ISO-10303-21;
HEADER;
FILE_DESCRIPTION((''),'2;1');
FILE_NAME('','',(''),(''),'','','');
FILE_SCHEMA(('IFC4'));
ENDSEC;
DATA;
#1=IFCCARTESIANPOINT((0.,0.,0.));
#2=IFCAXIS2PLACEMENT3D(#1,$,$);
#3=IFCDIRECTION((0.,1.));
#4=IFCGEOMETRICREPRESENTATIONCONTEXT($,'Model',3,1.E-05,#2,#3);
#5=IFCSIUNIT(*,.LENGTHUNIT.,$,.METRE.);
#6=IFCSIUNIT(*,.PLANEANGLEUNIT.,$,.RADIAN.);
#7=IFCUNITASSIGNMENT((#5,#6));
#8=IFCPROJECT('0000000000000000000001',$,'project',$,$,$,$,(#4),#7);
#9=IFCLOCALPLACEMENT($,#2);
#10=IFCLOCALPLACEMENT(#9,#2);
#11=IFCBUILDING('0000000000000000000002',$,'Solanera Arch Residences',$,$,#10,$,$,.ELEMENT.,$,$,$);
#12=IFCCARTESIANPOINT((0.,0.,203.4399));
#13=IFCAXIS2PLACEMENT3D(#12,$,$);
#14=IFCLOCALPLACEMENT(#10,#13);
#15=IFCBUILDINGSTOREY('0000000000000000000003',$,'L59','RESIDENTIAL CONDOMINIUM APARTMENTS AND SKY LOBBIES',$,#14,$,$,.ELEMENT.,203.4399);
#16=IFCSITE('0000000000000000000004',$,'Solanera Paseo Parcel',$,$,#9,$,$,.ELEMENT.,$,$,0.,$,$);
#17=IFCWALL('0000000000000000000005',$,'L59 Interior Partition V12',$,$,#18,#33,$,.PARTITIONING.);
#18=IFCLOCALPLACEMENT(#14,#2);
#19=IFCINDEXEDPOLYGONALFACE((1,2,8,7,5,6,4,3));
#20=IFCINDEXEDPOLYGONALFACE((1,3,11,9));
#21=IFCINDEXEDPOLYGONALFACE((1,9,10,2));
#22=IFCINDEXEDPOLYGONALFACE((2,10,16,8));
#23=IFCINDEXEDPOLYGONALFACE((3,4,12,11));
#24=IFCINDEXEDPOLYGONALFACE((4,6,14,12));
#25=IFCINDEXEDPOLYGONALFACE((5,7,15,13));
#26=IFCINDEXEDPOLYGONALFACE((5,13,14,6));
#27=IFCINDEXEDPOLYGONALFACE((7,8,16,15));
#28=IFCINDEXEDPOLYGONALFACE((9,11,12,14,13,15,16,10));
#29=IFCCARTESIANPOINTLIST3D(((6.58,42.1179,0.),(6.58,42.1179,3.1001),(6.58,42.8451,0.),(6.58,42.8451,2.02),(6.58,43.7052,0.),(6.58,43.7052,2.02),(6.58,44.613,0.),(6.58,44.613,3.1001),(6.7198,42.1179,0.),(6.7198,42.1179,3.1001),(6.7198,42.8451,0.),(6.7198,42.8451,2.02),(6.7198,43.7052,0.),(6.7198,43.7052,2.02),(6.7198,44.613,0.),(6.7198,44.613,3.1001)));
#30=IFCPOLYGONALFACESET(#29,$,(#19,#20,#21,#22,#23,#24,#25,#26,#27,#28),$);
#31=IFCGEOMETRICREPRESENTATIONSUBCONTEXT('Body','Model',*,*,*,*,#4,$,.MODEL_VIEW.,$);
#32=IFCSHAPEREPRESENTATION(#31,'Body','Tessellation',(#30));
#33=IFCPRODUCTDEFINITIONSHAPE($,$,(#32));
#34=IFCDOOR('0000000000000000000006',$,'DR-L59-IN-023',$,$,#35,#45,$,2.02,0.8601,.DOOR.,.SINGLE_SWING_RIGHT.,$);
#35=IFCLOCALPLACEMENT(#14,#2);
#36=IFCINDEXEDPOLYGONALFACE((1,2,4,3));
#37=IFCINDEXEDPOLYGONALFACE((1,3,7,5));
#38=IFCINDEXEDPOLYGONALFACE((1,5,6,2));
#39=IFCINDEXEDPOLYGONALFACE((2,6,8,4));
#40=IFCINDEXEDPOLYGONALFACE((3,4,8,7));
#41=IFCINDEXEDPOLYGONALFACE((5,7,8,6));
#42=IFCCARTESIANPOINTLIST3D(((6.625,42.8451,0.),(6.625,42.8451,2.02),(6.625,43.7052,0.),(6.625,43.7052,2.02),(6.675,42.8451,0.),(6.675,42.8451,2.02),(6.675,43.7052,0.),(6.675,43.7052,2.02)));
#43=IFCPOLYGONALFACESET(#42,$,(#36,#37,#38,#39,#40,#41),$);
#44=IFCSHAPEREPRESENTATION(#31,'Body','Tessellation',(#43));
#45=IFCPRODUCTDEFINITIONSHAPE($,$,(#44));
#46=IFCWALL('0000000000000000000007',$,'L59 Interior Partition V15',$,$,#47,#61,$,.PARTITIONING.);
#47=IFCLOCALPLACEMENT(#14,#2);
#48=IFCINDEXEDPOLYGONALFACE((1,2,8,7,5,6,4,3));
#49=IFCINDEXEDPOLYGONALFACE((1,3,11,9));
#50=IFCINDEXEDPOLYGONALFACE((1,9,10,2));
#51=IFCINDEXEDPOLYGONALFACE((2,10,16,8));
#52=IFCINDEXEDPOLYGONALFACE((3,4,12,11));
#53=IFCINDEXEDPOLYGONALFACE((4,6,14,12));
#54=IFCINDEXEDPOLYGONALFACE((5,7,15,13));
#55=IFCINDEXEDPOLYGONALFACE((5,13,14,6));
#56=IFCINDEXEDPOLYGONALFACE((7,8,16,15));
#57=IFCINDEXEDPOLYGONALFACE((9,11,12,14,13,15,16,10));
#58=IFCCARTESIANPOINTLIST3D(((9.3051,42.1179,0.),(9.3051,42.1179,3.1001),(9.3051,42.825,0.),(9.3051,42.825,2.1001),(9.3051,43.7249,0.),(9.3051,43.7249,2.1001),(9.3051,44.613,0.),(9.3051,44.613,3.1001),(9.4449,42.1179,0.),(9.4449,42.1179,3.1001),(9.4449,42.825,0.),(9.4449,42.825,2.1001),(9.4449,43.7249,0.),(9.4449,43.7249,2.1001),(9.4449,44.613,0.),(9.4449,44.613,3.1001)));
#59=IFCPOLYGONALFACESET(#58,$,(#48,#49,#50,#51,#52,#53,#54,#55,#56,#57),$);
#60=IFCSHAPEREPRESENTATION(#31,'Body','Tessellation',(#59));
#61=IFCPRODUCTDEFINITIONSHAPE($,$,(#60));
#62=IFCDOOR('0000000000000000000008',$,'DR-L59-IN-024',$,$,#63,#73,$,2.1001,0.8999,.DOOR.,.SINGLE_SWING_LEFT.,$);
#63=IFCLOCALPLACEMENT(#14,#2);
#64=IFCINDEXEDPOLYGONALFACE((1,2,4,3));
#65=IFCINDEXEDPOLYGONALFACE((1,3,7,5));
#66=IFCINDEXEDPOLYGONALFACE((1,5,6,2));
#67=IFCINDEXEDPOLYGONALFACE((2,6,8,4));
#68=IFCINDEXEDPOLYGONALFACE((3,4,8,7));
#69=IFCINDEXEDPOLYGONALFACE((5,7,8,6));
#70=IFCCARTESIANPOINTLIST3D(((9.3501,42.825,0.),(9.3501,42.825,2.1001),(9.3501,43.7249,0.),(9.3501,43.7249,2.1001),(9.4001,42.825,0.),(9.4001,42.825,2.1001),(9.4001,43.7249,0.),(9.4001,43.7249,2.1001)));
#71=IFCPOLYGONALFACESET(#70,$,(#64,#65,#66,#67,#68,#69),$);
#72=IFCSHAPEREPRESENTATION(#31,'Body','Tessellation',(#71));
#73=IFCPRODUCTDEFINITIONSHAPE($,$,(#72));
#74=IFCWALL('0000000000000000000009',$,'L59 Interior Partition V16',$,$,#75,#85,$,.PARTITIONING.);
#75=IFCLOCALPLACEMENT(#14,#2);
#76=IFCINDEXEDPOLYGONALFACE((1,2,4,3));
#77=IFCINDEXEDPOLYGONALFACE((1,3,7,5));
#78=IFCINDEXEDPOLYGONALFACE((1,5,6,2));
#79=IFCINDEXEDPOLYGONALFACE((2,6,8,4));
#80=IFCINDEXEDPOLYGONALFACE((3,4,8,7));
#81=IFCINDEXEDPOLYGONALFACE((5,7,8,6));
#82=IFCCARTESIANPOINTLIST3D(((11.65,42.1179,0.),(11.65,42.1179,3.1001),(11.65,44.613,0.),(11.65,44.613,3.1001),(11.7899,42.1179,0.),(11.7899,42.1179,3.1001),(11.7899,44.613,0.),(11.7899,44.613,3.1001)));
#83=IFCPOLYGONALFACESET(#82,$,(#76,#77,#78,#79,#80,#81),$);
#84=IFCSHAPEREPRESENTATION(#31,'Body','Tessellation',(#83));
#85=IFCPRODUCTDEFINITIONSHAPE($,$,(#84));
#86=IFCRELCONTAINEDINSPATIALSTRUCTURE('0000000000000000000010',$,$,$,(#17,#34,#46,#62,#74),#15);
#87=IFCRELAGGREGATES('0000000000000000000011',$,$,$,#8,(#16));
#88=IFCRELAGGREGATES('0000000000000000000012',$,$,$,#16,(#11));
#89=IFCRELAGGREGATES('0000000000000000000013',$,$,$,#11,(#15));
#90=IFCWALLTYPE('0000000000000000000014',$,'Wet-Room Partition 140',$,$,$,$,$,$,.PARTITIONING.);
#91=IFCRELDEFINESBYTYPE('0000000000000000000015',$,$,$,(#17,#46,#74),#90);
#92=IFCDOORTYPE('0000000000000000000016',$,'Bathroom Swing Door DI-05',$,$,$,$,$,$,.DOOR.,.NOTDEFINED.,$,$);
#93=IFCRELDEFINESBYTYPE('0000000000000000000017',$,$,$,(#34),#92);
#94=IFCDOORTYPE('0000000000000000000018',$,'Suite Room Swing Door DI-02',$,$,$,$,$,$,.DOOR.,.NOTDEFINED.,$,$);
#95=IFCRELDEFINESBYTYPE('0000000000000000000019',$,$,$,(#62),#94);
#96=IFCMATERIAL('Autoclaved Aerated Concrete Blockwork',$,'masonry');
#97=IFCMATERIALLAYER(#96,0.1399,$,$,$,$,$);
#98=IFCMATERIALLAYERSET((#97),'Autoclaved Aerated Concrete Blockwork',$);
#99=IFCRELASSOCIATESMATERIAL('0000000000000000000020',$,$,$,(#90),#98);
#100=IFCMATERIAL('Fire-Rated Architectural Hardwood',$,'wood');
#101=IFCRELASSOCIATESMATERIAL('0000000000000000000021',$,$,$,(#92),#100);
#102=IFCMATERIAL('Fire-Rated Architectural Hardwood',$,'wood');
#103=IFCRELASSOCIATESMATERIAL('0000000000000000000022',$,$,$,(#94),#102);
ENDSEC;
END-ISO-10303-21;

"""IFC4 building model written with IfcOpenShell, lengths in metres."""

from ifc_helpers import new_model, si_unit, direction, frame, frame_2d, origin, place, context, subcontext, project, spatial, rectangle, extrude, material, layer, layer_set, type_object, element, fill, save


model = new_model("IFC4")

# Units and contexts
model_context = context("Model", 3, precision=1e-05, world=origin(), true_north=direction((0.0, 1.0)))
body_context = subcontext(model_context, "Body", "Model", "MODEL_VIEW")
ifc_project = project(units=[si_unit("LENGTHUNIT", "METRE"), si_unit("PLANEANGLEUNIT", "RADIAN")], contexts=[model_context])

# Site, building, storey
site_placement = place(None, origin())
site = spatial("IfcSite", under=ifc_project, at=site_placement, Name="Solanera Paseo Parcel", CompositionType="ELEMENT", RefElevation=0.0)
building_placement = place(site_placement, origin())
building = spatial("IfcBuilding", under=site, at=building_placement, Name="Solanera Arch Residences", CompositionType="ELEMENT")
storey_placement = place(building_placement, frame((0.0, 0.0, 203.4399)))
storey = spatial("IfcBuildingStorey", under=building, at=storey_placement, Name="L59", Description="RESIDENTIAL CONDOMINIUM APARTMENTS AND SKY LOBBIES", CompositionType="ELEMENT", Elevation=203.4399)

# Walls, openings, doors
ifc_material_1 = material(Name="Autoclaved Aerated Concrete Blockwork", Category="masonry")
ifc_layer_1 = layer(ifc_material_1, 0.1399)
ifc_layer_set_1 = layer_set([ifc_layer_1], Name="Autoclaved Aerated Concrete Blockwork")
wall_type_1 = type_object("IfcWallType", Name="Wet-Room Partition 140", PredefinedType="PARTITIONING", material=ifc_layer_set_1)
wall_1_placement = place(storey_placement, frame((6.6499, 42.1179, 0.0), z_axis=(0.0, 0.0, 1.0), x_axis=(0.0, 1.0, 0.0)))
wall_1 = element("IfcWall", 1, at=wall_1_placement, inside=storey, type_object=wall_type_1, Name="L59 Interior Partition V12", PredefinedType="PARTITIONING", context=body_context, shape_type="SweptSolid", body=[
    extrude(rectangle(XDim=2.4951, YDim=0.1399, at=frame_2d((1.2476, 0.0))), origin(), (0.0, 0.0, 1.0), 3.1001),
])
opening_1_placement = place(wall_1_placement, frame((0.7271, 0.0, 0.0)))
opening_1 = element("IfcOpeningElement", 2, at=opening_1_placement, cuts=wall_1, PredefinedType="OPENING", context=body_context, shape_type="SweptSolid", body=[
    extrude(rectangle(XDim=0.8601, YDim=2.02, at=frame_2d((0.4302, 1.01))), frame((0.0, 0.0798, 0.0), z_axis=(0.0, -1.0, 0.0), x_axis=(1.0, 0.0, 0.0)), (0.0, 0.0, 1.0), 0.1599),
])
ifc_material_2 = material(Name="Fire-Rated Architectural Hardwood", Category="wood")
door_type_1 = type_object("IfcDoorType", Name="Bathroom Swing Door DI-05", OperationType="NOTDEFINED", PredefinedType="DOOR", material=ifc_material_2)
door_1_placement = place(opening_1_placement, origin())
door_1 = element("IfcDoor", 3, at=door_1_placement, inside=storey, type_object=door_type_1, Name="DR-L59-IN-023", OperationType="SINGLE_SWING_RIGHT", OverallHeight=2.02, OverallWidth=0.8601, PredefinedType="DOOR", context=body_context, shape_type="SweptSolid", body=[
    extrude(rectangle(XDim=0.8601, YDim=2.02, at=frame_2d((0.4302, 1.01))), frame((0.0, 0.0249, 0.0), z_axis=(0.0, -1.0, 0.0), x_axis=(1.0, 0.0, 0.0)), (0.0, 0.0, 1.0), 0.05),
])
fill(opening_1, door_1)
wall_2_placement = place(storey_placement, frame((9.375, 42.1179, 0.0), z_axis=(0.0, 0.0, 1.0), x_axis=(0.0, 1.0, 0.0)))
wall_2 = element("IfcWall", 4, at=wall_2_placement, inside=storey, type_object=wall_type_1, Name="L59 Interior Partition V15", PredefinedType="PARTITIONING", context=body_context, shape_type="SweptSolid", body=[
    extrude(rectangle(XDim=2.4951, YDim=0.1399, at=frame_2d((1.2476, 0.0))), origin(), (0.0, 0.0, 1.0), 3.1001),
])
opening_2_placement = place(wall_2_placement, frame((0.707, 0.0, 0.0)))
opening_2 = element("IfcOpeningElement", 5, at=opening_2_placement, cuts=wall_2, PredefinedType="OPENING", context=body_context, shape_type="SweptSolid", body=[
    extrude(rectangle(XDim=0.8999, YDim=2.1001, at=frame_2d((0.45, 1.05))), frame((0.0, 0.0798, 0.0), z_axis=(0.0, -1.0, 0.0), x_axis=(1.0, 0.0, 0.0)), (0.0, 0.0, 1.0), 0.1599),
])
ifc_material_3 = material(Name="Fire-Rated Architectural Hardwood", Category="wood")
door_type_2 = type_object("IfcDoorType", Name="Suite Room Swing Door DI-02", OperationType="NOTDEFINED", PredefinedType="DOOR", material=ifc_material_3)
door_2_placement = place(opening_2_placement, origin())
door_2 = element("IfcDoor", 6, at=door_2_placement, inside=storey, type_object=door_type_2, Name="DR-L59-IN-024", OperationType="SINGLE_SWING_LEFT", OverallHeight=2.1001, OverallWidth=0.8999, PredefinedType="DOOR", context=body_context, shape_type="SweptSolid", body=[
    extrude(rectangle(XDim=0.8999, YDim=2.1001, at=frame_2d((0.45, 1.05))), frame((0.0, 0.0249, 0.0), z_axis=(0.0, -1.0, 0.0), x_axis=(1.0, 0.0, 0.0)), (0.0, 0.0, 1.0), 0.05),
])
fill(opening_2, door_2)

# Wall
wall_3_placement = place(storey_placement, frame((11.72, 42.1179, 0.0), z_axis=(0.0, 0.0, 1.0), x_axis=(0.0, 1.0, 0.0)))
element("IfcWall", 7, at=wall_3_placement, inside=storey, type_object=wall_type_1, Name="L59 Interior Partition V16", PredefinedType="PARTITIONING", context=body_context, shape_type="SweptSolid", body=[
    extrude(rectangle(XDim=2.4951, YDim=0.1399, at=frame_2d((1.2476, 0.0))), origin(), (0.0, 0.0, 1.0), 3.1001),
])

save(model, "model.ifc")
